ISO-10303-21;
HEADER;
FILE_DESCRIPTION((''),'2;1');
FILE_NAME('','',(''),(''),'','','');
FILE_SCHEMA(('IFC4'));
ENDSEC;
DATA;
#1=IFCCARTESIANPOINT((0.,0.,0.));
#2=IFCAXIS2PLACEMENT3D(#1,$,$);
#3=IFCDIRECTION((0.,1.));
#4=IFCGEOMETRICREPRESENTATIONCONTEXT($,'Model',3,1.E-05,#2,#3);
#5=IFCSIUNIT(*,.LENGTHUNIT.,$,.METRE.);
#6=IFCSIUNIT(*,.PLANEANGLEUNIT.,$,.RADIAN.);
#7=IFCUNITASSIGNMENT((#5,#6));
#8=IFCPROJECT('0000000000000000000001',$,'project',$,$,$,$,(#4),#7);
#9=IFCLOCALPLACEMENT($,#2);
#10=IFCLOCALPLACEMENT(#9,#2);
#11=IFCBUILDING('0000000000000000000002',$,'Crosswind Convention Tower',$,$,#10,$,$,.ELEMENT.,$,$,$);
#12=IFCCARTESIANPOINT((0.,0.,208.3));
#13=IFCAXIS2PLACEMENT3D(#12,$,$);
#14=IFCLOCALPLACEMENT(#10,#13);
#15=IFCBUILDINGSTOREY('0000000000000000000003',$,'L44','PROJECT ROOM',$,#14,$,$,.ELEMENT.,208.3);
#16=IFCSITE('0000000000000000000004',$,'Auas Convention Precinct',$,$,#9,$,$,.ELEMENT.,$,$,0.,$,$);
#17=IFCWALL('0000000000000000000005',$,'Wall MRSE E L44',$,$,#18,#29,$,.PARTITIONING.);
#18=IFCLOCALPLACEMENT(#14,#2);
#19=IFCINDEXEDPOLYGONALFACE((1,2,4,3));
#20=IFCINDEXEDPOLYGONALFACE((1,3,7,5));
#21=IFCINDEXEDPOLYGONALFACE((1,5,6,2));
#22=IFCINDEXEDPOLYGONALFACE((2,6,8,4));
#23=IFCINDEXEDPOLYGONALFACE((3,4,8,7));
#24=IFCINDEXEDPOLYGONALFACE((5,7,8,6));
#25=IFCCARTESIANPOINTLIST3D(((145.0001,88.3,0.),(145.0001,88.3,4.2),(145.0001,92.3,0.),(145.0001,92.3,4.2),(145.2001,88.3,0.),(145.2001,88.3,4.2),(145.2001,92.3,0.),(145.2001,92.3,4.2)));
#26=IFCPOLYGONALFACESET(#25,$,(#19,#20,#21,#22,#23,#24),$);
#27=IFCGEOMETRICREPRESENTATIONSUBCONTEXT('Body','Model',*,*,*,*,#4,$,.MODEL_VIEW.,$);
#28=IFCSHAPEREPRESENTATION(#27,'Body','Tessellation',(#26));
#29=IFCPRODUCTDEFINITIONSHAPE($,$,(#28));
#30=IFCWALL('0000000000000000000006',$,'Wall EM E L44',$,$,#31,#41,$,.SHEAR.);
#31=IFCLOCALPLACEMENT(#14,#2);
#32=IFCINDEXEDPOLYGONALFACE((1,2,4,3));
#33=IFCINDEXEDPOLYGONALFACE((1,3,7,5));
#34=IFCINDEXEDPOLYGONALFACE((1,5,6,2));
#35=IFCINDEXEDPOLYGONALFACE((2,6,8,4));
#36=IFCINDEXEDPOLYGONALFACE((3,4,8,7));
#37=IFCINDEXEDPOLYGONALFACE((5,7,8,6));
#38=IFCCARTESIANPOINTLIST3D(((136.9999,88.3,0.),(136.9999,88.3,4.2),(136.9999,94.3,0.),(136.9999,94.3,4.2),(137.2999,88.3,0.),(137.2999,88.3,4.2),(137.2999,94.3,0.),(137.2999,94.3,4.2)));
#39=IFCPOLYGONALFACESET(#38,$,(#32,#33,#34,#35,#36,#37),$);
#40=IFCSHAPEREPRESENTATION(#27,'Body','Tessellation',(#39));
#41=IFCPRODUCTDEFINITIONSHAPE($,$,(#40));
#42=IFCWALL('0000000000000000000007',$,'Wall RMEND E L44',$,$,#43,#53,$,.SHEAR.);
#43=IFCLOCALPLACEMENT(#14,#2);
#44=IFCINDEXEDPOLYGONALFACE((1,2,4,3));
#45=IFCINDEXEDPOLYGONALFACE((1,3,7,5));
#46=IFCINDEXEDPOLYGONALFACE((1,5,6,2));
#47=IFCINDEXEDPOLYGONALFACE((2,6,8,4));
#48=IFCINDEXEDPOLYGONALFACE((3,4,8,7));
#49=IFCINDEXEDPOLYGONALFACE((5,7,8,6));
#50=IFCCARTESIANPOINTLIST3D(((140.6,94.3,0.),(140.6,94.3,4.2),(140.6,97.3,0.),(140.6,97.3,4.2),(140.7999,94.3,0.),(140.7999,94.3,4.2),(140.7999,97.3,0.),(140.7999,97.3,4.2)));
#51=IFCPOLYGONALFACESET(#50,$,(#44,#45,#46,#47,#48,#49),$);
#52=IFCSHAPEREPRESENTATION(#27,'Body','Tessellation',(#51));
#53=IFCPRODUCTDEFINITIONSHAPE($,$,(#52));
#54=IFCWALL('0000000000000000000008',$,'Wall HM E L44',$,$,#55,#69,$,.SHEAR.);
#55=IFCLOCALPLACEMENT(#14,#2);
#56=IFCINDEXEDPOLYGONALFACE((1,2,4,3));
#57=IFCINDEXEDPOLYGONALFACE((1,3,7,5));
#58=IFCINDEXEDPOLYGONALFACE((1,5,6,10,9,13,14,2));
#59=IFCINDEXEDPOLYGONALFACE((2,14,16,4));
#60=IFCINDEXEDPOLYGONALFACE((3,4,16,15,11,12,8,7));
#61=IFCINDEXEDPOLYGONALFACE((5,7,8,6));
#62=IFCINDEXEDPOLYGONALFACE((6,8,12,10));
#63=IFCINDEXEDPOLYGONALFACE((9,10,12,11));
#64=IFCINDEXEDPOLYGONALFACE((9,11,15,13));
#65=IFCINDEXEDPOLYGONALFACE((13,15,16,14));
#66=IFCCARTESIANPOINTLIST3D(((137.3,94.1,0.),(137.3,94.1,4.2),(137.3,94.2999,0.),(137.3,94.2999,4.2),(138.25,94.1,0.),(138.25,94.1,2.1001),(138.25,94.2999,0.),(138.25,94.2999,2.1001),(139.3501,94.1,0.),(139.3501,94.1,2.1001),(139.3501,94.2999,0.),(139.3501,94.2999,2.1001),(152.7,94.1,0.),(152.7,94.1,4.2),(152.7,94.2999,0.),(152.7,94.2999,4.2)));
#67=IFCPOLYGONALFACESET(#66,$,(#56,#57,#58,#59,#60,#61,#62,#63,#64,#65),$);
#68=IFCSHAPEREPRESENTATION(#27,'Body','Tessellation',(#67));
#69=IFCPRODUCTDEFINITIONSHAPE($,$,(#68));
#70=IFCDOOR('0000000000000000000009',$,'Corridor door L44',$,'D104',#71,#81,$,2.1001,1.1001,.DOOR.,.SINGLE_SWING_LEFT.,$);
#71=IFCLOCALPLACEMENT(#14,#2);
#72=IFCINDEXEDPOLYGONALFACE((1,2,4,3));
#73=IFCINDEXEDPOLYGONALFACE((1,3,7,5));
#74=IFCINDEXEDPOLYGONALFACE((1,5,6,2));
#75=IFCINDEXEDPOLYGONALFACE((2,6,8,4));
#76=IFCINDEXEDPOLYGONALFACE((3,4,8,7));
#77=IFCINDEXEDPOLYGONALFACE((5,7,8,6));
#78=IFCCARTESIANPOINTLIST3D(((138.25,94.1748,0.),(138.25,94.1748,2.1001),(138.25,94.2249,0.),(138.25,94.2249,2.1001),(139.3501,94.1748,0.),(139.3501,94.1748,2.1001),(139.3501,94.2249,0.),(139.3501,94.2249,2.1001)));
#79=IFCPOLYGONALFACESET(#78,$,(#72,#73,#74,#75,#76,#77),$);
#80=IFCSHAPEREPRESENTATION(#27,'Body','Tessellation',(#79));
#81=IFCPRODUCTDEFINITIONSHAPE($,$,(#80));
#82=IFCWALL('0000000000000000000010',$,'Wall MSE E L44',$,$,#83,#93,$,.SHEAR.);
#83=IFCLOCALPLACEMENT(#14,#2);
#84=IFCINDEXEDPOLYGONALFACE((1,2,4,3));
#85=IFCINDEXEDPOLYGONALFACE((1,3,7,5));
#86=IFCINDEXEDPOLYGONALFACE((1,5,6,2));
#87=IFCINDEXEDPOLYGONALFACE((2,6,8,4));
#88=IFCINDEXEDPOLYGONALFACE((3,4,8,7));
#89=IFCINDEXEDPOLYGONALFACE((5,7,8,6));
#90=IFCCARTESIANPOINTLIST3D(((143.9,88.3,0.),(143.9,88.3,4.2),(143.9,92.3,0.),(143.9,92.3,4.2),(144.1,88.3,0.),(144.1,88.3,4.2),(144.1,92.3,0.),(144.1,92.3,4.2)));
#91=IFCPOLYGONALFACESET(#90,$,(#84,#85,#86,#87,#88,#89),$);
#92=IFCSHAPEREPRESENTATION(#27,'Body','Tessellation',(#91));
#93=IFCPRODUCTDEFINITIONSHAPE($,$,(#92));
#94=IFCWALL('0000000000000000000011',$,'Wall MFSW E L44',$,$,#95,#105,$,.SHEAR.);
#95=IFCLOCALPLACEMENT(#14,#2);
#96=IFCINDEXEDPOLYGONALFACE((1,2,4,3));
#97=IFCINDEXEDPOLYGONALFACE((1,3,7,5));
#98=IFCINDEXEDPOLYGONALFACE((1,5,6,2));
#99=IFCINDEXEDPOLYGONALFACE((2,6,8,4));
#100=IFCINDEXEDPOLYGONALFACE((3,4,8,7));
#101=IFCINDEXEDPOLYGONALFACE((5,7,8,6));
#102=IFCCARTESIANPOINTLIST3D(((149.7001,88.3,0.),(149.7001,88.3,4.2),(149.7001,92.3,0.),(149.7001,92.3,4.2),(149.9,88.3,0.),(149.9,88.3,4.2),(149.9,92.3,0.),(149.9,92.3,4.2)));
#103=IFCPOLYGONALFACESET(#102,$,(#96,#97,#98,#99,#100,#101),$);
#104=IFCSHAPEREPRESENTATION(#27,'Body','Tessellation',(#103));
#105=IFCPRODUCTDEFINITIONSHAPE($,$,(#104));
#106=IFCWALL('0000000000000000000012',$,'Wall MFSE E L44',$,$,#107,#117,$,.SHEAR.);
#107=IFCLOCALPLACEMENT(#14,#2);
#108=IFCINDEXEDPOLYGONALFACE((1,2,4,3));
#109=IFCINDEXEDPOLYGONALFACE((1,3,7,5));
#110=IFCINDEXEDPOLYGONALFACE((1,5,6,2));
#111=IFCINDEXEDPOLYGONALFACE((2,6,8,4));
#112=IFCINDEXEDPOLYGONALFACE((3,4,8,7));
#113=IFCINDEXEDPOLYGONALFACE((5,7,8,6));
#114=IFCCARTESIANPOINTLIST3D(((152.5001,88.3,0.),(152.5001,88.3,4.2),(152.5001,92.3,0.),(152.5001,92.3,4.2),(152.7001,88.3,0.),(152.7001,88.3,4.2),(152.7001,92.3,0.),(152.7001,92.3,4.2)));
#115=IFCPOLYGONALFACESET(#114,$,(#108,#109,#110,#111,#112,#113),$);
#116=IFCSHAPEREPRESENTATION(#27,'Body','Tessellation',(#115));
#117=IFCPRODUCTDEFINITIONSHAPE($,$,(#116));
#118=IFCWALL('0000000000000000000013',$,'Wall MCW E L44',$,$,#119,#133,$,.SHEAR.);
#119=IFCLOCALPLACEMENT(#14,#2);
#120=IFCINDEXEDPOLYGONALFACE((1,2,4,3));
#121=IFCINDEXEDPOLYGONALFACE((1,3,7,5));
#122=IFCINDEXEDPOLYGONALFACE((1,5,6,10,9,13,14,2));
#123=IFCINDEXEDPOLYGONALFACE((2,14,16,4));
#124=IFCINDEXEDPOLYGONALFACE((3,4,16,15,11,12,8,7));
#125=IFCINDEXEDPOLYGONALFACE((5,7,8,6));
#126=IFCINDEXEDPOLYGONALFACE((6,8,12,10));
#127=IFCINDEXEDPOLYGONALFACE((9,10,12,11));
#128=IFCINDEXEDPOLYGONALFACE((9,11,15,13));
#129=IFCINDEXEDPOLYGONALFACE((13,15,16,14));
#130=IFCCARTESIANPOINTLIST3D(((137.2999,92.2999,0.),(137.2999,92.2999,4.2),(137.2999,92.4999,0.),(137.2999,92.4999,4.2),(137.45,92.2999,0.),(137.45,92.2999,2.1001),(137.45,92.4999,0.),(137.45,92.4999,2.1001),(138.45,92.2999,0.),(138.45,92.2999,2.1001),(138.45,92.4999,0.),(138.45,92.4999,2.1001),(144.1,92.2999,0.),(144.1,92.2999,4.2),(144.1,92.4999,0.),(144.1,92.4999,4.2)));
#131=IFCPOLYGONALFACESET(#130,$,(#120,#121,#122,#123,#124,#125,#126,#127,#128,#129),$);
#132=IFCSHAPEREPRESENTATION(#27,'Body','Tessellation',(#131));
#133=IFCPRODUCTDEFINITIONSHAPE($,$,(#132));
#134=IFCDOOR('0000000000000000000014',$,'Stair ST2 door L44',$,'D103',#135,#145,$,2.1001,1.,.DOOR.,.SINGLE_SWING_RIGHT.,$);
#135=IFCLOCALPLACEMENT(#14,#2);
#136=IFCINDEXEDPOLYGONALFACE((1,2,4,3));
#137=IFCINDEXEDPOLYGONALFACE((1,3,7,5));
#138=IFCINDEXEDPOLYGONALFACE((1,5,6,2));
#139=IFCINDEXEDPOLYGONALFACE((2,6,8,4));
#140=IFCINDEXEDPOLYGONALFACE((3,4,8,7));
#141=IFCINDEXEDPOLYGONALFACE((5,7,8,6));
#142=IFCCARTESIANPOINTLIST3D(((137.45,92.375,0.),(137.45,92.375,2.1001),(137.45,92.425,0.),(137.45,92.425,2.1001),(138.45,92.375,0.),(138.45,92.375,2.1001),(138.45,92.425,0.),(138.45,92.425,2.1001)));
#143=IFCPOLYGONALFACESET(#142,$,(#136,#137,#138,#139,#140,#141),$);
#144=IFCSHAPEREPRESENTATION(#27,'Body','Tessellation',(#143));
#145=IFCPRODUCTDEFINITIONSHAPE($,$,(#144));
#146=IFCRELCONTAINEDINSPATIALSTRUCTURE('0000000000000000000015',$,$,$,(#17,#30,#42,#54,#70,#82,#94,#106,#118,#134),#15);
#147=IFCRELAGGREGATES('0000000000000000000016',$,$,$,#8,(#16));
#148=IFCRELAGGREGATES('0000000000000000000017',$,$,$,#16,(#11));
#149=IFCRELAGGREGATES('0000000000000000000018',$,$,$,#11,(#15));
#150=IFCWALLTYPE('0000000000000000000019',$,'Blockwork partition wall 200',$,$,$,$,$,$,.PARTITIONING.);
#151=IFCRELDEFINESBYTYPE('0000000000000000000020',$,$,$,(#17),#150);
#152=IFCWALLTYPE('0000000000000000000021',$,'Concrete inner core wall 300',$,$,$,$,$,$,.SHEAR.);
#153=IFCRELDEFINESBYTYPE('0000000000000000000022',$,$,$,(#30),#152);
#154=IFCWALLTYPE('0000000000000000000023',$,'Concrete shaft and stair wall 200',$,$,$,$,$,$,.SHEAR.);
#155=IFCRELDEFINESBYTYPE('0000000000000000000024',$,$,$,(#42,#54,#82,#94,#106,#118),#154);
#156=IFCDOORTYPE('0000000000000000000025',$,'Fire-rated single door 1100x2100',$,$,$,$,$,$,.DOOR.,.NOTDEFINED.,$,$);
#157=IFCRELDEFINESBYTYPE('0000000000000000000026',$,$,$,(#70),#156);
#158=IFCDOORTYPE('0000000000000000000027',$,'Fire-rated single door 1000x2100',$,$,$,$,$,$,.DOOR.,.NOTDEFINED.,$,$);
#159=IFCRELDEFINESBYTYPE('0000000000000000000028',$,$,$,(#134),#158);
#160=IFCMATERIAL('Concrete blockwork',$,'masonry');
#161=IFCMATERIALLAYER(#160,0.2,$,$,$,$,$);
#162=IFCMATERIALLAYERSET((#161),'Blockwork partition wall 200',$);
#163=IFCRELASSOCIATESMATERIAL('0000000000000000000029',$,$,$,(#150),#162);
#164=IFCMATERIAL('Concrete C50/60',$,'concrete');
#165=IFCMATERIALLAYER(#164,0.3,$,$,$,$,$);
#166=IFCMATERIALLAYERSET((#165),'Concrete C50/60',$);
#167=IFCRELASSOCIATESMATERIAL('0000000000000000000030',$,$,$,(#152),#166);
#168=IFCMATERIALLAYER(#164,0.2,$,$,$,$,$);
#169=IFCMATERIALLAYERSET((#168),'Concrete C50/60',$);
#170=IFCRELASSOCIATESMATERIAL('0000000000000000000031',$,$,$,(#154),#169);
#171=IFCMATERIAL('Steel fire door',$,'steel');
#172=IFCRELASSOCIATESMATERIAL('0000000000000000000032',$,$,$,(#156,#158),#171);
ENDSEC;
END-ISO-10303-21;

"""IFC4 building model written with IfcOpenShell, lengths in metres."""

from ifc_helpers import new_model, si_unit, direction, frame, frame_2d, origin, place, context, subcontext, project, spatial, rectangle, extrude, material, layer, layer_set, type_object, element, fill, save


model = new_model("IFC4")

# Units and contexts
model_context = context("Model", 3, precision=1e-05, world=origin(), true_north=direction((0.0, 1.0)))
body_context = subcontext(model_context, "Body", "Model", "MODEL_VIEW")
ifc_project = project(units=[si_unit("LENGTHUNIT", "METRE"), si_unit("PLANEANGLEUNIT", "RADIAN")], contexts=[model_context])

# Site, building, storey
site_placement = place(None, origin())
site = spatial("IfcSite", under=ifc_project, at=site_placement, Name="Auas Convention Precinct", CompositionType="ELEMENT", RefElevation=0.0)
building_placement = place(site_placement, origin())
building = spatial("IfcBuilding", under=site, at=building_placement, Name="Crosswind Convention Tower", CompositionType="ELEMENT")
storey_placement = place(building_placement, frame((0.0, 0.0, 208.3)))
storey = spatial("IfcBuildingStorey", under=building, at=storey_placement, Name="L44", Description="PROJECT ROOM", CompositionType="ELEMENT", Elevation=208.3)

# Wall
ifc_material_1 = material(Name="Concrete blockwork", Category="masonry")
ifc_layer_1 = layer(ifc_material_1, 0.2)
ifc_layer_set_1 = layer_set([ifc_layer_1], Name="Blockwork partition wall 200")
wall_type_1 = type_object("IfcWallType", Name="Blockwork partition wall 200", PredefinedType="PARTITIONING", material=ifc_layer_set_1)
wall_1_placement = place(storey_placement, frame((145.1001, 88.3, 0.0), z_axis=(0.0, 0.0, 1.0), x_axis=(0.0, 1.0, 0.0)))
element("IfcWall", 1, at=wall_1_placement, inside=storey, type_object=wall_type_1, Name="Wall MRSE E L44", PredefinedType="PARTITIONING", context=body_context, shape_type="SweptSolid", body=[
    extrude(rectangle(XDim=4.0, YDim=0.2, at=frame_2d((2.0, 0.0))), origin(), (0.0, 0.0, 1.0), 4.2),
])

# Shared definitions
ifc_material_2 = material(Name="Concrete C50/60", Category="concrete")
ifc_layer_2 = layer(ifc_material_2, 0.3)
ifc_layer_set_2 = layer_set([ifc_layer_2], Name="Concrete C50/60")
wall_type_2 = type_object("IfcWallType", Name="Concrete inner core wall 300", PredefinedType="SHEAR", material=ifc_layer_set_2)

# Walls
wall_2_placement = place(storey_placement, frame((137.1499, 88.3, 0.0), z_axis=(0.0, 0.0, 1.0), x_axis=(0.0, 1.0, 0.0)))
element("IfcWall", 2, at=wall_2_placement, inside=storey, type_object=wall_type_2, Name="Wall EM E L44", PredefinedType="SHEAR", context=body_context, shape_type="SweptSolid", body=[
    extrude(rectangle(XDim=6.0, YDim=0.3, at=frame_2d((3.0, 0.0))), origin(), (0.0, 0.0, 1.0), 4.2),
])
ifc_layer_3 = layer(ifc_material_2, 0.2)
ifc_layer_set_3 = layer_set([ifc_layer_3], Name="Concrete C50/60")
wall_type_3 = type_object("IfcWallType", Name="Concrete shaft and stair wall 200", PredefinedType="SHEAR", material=ifc_layer_set_3)
wall_3_placement = place(storey_placement, frame((140.7, 94.3, 0.0), z_axis=(0.0, 0.0, 1.0), x_axis=(0.0, 1.0, 0.0)))
element("IfcWall", 3, at=wall_3_placement, inside=storey, type_object=wall_type_3, Name="Wall RMEND E L44", PredefinedType="SHEAR", context=body_context, shape_type="SweptSolid", body=[
    extrude(rectangle(XDim=3.0, YDim=0.2, at=frame_2d((1.5, 0.0))), origin(), (0.0, 0.0, 1.0), 4.2),
])

# Wall, opening, door
wall_4_placement = place(storey_placement, frame((137.3, 94.2, 0.0), z_axis=(0.0, 0.0, 1.0), x_axis=(1.0, 0.0, 0.0)))
wall_4 = element("IfcWall", 4, at=wall_4_placement, inside=storey, type_object=wall_type_3, Name="Wall HM E L44", PredefinedType="SHEAR", context=body_context, shape_type="SweptSolid", body=[
    extrude(rectangle(XDim=15.3999, YDim=0.2, at=frame_2d((7.7, 0.0))), origin(), (0.0, 0.0, 1.0), 4.2),
])
opening_1_placement = place(wall_4_placement, frame((0.95, 0.0, 0.0)))
opening_1 = element("IfcOpeningElement", 5, at=opening_1_placement, cuts=wall_4, PredefinedType="OPENING", context=body_context, shape_type="SweptSolid", body=[
    extrude(rectangle(XDim=1.1001, YDim=2.1001, at=frame_2d((0.55, 1.05))), frame((0.0, 0.1099, 0.0), z_axis=(0.0, -1.0, 0.0), x_axis=(1.0, 0.0, 0.0)), (0.0, 0.0, 1.0), 0.22),
])
ifc_material_3 = material(Name="Steel fire door", Category="steel")
door_type_1 = type_object("IfcDoorType", Name="Fire-rated single door 1100x2100", OperationType="NOTDEFINED", PredefinedType="DOOR", material=ifc_material_3)
door_1_placement = place(opening_1_placement, origin())
door_1 = element("IfcDoor", 6, at=door_1_placement, inside=storey, type_object=door_type_1, Name="Corridor door L44", ObjectType="D104", OperationType="SINGLE_SWING_LEFT", OverallHeight=2.1001, OverallWidth=1.1001, PredefinedType="DOOR", context=body_context, shape_type="SweptSolid", body=[
    extrude(rectangle(XDim=1.1001, YDim=2.1001, at=frame_2d((0.55, 1.05))), frame((0.0, 0.0249, 0.0), z_axis=(0.0, -1.0, 0.0), x_axis=(1.0, 0.0, 0.0)), (0.0, 0.0, 1.0), 0.05),
])
fill(opening_1, door_1)

# Walls
for number, where, z_axis, x_axis, name in (
    (7, (144.0, 88.3, 0.0), (0.0, 0.0, 1.0), (0.0, 1.0, 0.0), "Wall MSE E L44"),
    (8, (149.8, 88.3, 0.0), (0.0, 0.0, 1.0), (0.0, 1.0, 0.0), "Wall MFSW E L44"),
    (9, (152.6001, 88.3, 0.0), (0.0, 0.0, 1.0), (0.0, 1.0, 0.0), "Wall MFSE E L44"),
):
    element("IfcWall", number, at=place(storey_placement, frame(where, z_axis=z_axis, x_axis=x_axis)), inside=storey, type_object=wall_type_3, Name=name, PredefinedType="SHEAR", context=body_context, shape_type="SweptSolid", body=[
        extrude(rectangle(XDim=4.0, YDim=0.2, at=frame_2d((2.0, 0.0))), origin(), (0.0, 0.0, 1.0), 4.2),
    ])

# Wall, opening, door
wall_5_placement = place(storey_placement, frame((137.3, 92.3999, 0.0), z_axis=(0.0, 0.0, 1.0), x_axis=(1.0, 0.0, 0.0)))
wall_5 = element("IfcWall", 10, at=wall_5_placement, inside=storey, type_object=wall_type_3, Name="Wall MCW E L44", PredefinedType="SHEAR", context=body_context, shape_type="SweptSolid", body=[
    extrude(rectangle(XDim=6.8, YDim=0.2, at=frame_2d((3.3999, 0.0))), origin(), (0.0, 0.0, 1.0), 4.2),
])
opening_2_placement = place(wall_5_placement, frame((0.1499, 0.0, 0.0)))
opening_2 = element("IfcOpeningElement", 11, at=opening_2_placement, cuts=wall_5, PredefinedType="OPENING", context=body_context, shape_type="SweptSolid", body=[
    extrude(rectangle(XDim=1.0, YDim=2.1001, at=frame_2d((0.5, 1.05))), frame((0.0, 0.1099, 0.0), z_axis=(0.0, -1.0, 0.0), x_axis=(1.0, 0.0, 0.0)), (0.0, 0.0, 1.0), 0.22),
])
door_type_2 = type_object("IfcDoorType", Name="Fire-rated single door 1000x2100", OperationType="NOTDEFINED", PredefinedType="DOOR", material=ifc_material_3)
door_2_placement = place(opening_2_placement, frame((1.0, 0.0, 0.0), z_axis=(0.0, 0.0, 1.0), x_axis=(-1.0, 0.0, 0.0)))
door_2 = element("IfcDoor", 12, at=door_2_placement, inside=storey, type_object=door_type_2, Name="Stair ST2 door L44", ObjectType="D103", OperationType="SINGLE_SWING_RIGHT", OverallHeight=2.1001, OverallWidth=1.0, PredefinedType="DOOR", context=body_context, shape_type="SweptSolid", body=[
    extrude(rectangle(XDim=1.0, YDim=2.1001, at=frame_2d((0.5, 1.05))), frame((0.0, 0.0249, 0.0), z_axis=(0.0, -1.0, 0.0), x_axis=(1.0, 0.0, 0.0)), (0.0, 0.0, 1.0), 0.05),
])
fill(opening_2, door_2)

save(model, "model.ifc")
